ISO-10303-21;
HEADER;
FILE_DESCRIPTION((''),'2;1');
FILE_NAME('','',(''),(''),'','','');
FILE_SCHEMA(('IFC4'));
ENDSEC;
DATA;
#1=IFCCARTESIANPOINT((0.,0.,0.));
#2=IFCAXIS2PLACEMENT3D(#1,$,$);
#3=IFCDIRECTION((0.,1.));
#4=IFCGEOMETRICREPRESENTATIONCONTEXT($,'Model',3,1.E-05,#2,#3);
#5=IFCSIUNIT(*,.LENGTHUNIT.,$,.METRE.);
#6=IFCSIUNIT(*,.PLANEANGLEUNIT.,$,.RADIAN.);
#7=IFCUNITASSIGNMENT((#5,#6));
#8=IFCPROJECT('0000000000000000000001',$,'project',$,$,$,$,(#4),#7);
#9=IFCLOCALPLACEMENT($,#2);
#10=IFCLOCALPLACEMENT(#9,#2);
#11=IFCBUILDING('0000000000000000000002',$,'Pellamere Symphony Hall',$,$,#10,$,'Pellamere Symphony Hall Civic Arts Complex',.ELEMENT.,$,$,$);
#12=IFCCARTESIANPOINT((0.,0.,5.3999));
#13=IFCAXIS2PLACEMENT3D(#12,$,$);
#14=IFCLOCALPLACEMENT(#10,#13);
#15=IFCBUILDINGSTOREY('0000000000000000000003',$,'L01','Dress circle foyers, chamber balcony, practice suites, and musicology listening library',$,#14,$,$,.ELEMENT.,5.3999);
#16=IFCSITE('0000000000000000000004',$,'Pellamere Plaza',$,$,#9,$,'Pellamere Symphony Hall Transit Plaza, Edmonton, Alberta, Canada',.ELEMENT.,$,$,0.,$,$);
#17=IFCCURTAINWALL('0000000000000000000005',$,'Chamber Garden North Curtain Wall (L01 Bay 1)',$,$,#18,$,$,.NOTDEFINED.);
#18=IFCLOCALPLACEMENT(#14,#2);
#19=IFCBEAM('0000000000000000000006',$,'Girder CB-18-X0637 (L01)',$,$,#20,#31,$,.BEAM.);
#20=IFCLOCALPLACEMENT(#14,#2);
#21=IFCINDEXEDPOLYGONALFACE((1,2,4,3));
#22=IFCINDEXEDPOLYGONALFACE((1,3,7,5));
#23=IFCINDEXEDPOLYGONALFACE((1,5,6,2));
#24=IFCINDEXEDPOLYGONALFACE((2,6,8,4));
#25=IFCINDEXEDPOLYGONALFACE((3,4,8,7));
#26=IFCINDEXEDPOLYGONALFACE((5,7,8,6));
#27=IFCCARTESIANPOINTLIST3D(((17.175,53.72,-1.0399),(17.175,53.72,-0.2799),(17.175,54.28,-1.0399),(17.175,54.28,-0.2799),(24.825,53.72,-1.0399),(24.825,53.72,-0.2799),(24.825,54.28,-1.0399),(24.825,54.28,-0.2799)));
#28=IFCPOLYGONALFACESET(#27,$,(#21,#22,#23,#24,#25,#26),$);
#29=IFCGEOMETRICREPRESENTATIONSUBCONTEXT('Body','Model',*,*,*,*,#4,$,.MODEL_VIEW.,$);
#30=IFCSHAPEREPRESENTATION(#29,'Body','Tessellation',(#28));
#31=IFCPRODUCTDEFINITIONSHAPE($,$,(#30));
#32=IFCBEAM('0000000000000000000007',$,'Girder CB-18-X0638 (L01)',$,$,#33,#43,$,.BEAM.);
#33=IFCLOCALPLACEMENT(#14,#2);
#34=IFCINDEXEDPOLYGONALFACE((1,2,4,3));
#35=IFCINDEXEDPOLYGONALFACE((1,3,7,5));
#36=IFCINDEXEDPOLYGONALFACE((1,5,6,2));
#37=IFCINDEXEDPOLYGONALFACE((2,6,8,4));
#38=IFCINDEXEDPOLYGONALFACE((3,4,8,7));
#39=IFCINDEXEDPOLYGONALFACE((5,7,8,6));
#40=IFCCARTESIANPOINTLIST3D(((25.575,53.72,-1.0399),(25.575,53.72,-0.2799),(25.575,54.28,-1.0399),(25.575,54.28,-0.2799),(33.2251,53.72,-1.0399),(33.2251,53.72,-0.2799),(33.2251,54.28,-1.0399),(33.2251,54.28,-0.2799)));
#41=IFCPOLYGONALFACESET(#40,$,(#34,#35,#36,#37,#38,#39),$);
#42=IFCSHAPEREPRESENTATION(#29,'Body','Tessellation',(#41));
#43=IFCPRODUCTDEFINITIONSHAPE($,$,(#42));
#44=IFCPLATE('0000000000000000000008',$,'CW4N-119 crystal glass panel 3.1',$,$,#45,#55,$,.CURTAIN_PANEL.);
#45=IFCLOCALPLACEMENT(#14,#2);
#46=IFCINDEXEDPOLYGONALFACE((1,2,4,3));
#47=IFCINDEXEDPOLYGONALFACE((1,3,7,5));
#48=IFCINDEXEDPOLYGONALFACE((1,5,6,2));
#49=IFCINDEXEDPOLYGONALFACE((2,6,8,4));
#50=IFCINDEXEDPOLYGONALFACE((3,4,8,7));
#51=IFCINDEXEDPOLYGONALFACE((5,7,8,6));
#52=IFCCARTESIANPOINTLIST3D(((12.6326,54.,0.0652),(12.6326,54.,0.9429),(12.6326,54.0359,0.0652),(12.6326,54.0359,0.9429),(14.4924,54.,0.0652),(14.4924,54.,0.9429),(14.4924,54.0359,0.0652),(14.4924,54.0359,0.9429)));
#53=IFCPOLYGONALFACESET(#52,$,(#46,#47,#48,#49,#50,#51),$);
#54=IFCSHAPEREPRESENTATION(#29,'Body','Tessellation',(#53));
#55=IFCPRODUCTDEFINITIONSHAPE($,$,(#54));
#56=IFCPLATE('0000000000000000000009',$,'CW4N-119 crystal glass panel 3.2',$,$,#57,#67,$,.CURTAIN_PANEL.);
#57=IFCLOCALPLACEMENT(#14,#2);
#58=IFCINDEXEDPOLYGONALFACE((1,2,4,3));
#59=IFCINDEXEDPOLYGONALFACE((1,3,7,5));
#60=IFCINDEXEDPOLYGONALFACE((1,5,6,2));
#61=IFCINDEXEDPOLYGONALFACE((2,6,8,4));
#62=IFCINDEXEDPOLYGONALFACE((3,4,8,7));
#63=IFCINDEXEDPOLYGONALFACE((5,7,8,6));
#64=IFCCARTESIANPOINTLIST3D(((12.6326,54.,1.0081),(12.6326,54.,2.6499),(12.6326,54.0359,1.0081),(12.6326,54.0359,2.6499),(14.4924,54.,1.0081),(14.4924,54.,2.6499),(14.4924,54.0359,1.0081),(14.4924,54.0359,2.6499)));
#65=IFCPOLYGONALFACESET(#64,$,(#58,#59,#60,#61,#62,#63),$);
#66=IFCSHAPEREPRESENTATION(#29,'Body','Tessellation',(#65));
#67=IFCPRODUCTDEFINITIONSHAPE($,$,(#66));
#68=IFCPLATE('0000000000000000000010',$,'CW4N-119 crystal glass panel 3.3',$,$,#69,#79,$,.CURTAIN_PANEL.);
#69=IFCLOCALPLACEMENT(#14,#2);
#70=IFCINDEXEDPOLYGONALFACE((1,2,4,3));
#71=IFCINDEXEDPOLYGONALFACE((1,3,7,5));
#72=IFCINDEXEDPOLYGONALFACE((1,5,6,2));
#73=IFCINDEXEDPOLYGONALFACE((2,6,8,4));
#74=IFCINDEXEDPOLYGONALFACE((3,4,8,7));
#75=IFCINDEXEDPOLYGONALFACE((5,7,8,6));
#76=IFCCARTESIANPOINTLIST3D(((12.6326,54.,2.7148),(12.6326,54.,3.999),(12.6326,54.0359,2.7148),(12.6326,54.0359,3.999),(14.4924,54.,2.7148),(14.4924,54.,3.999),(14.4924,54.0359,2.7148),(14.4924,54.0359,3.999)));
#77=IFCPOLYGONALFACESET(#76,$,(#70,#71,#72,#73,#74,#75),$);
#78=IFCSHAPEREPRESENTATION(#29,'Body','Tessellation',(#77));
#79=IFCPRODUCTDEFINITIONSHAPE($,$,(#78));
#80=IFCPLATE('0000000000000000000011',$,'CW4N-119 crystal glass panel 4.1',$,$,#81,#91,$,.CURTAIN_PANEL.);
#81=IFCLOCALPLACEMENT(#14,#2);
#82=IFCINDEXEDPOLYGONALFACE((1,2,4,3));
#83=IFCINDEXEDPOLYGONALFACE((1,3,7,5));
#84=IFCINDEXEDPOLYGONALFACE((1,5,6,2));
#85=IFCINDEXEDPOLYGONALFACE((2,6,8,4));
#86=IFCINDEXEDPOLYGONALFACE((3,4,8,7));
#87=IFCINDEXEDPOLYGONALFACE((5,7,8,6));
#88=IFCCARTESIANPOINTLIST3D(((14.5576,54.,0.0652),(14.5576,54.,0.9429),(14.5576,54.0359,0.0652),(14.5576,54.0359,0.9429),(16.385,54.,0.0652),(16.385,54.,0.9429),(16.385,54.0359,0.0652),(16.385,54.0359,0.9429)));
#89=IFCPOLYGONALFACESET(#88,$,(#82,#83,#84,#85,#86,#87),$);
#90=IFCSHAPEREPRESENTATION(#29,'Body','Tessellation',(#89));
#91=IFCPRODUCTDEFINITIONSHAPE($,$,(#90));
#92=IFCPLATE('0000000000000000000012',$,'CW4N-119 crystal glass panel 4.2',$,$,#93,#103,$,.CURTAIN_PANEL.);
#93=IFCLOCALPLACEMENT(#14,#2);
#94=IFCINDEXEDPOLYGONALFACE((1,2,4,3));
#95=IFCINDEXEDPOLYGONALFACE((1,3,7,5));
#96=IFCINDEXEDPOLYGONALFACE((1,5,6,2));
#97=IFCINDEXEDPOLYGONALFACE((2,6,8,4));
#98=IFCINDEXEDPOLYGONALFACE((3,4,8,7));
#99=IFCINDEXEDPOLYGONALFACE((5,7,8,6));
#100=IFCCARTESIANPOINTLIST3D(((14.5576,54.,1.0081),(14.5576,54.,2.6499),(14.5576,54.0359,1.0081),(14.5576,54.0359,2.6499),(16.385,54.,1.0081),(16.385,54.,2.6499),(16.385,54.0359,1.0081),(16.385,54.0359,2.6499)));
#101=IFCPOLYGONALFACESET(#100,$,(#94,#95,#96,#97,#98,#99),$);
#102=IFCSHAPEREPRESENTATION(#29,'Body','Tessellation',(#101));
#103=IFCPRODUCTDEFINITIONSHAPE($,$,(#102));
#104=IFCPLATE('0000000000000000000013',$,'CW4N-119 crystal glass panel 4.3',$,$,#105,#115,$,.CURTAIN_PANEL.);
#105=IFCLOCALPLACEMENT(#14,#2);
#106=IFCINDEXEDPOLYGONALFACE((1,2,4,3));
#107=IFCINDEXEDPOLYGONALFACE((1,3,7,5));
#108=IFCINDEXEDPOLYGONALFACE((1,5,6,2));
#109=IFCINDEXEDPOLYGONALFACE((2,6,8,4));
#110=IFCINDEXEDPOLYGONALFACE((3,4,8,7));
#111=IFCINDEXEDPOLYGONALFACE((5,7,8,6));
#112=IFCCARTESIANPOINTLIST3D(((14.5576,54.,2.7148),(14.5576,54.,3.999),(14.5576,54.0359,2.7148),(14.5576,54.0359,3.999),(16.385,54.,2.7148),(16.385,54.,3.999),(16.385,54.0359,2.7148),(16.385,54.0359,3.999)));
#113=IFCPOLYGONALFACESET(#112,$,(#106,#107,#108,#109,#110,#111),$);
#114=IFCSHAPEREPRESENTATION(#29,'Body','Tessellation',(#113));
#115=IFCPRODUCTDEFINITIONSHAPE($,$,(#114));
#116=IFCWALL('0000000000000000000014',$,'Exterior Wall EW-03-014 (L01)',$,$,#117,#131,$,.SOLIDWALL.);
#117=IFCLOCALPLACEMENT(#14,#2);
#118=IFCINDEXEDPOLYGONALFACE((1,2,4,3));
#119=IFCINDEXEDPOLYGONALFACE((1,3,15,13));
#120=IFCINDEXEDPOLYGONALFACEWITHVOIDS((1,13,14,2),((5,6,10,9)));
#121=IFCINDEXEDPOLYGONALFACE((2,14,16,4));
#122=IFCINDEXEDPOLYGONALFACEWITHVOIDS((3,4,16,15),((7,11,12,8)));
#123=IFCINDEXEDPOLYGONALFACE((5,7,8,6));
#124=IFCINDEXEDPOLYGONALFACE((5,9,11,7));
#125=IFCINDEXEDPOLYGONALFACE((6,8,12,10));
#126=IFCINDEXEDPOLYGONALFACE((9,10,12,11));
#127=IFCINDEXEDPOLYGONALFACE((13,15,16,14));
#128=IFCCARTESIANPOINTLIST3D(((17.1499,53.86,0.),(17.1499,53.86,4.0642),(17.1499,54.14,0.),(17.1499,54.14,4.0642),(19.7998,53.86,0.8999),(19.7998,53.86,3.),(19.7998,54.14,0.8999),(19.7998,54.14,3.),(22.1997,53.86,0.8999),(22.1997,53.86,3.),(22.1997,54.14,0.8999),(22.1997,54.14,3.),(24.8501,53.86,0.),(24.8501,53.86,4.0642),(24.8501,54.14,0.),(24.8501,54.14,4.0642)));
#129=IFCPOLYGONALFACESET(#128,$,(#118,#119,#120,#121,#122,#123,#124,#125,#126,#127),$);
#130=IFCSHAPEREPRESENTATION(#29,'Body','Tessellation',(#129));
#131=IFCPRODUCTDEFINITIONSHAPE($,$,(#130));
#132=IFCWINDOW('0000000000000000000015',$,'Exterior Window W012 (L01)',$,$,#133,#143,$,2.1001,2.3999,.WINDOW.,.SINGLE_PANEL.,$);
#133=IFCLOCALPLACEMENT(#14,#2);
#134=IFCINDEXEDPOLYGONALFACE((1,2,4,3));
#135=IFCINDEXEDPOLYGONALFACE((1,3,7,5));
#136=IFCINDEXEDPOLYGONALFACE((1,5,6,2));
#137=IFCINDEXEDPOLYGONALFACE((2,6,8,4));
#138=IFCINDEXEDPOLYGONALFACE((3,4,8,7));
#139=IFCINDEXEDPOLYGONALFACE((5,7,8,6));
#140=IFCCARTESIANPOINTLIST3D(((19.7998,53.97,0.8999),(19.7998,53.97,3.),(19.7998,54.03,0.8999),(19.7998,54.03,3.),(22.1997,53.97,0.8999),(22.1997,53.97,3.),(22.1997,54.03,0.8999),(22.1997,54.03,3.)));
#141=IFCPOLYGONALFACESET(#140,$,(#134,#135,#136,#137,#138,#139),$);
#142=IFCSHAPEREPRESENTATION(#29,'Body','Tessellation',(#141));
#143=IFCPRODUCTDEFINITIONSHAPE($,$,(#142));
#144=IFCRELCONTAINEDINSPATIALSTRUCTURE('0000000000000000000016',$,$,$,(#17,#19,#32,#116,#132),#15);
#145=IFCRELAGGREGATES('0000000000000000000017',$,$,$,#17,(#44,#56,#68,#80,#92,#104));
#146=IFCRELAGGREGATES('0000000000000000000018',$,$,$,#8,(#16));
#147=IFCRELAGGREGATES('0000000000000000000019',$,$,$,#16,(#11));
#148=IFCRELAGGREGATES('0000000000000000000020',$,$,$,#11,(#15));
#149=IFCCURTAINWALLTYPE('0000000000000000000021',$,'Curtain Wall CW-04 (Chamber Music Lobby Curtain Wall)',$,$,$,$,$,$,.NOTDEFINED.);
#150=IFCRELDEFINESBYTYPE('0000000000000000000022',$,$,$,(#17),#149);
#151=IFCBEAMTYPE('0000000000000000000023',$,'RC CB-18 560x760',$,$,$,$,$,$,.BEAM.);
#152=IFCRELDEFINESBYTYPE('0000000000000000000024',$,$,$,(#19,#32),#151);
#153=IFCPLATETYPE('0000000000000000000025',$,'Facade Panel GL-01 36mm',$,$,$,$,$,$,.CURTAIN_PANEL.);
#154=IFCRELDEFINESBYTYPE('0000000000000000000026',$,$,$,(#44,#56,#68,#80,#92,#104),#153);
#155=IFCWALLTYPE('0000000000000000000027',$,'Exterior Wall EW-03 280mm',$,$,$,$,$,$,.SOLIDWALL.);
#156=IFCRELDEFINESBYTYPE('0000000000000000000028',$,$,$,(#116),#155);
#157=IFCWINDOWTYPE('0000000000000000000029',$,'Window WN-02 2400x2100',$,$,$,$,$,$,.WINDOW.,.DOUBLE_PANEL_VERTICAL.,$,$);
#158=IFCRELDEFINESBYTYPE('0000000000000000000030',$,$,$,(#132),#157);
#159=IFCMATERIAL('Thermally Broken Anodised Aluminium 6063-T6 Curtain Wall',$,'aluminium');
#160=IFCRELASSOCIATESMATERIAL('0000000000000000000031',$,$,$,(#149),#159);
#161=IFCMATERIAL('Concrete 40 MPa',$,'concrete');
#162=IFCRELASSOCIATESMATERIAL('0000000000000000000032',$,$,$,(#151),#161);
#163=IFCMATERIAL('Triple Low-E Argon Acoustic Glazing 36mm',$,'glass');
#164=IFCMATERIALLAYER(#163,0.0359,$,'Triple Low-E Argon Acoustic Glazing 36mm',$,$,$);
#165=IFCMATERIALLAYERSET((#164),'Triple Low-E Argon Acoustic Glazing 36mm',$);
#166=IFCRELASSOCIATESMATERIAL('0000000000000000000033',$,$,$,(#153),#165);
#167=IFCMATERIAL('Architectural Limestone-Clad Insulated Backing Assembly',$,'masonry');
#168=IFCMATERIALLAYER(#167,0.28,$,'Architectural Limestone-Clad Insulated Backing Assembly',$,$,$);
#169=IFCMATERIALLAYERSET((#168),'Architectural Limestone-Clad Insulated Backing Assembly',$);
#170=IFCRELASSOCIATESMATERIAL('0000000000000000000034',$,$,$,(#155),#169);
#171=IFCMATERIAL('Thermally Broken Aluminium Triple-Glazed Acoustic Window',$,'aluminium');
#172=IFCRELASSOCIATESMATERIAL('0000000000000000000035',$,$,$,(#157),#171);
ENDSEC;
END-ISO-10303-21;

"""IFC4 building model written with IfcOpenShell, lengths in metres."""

from ifc_helpers import new_model, si_unit, direction, frame, frame_2d, origin, origin_2d, place, context, subcontext, project, spatial, polyline, rectangle, outline, extrude, material, layer, layer_set, material_profile, profile_set, type_object, element, fill, aggregate, save


model = new_model("IFC4")

# Units and contexts
model_context = context("Model", 3, precision=1e-05, world=origin(), true_north=direction((0.0, 1.0)))
body_context = subcontext(model_context, "Body", "Model", "MODEL_VIEW")
ifc_project = project(units=[si_unit("LENGTHUNIT", "METRE"), si_unit("PLANEANGLEUNIT", "RADIAN")], contexts=[model_context])

# Site, building, storey
site_placement = place(None, origin())
site = spatial("IfcSite", under=ifc_project, at=site_placement, Name="Pellamere Plaza", LongName="Pellamere Symphony Hall Transit Plaza, Edmonton, Alberta, Canada", CompositionType="ELEMENT", RefElevation=0.0)
building_placement = place(site_placement, origin())
building = spatial("IfcBuilding", under=site, at=building_placement, Name="Pellamere Symphony Hall", LongName="Pellamere Symphony Hall Civic Arts Complex", CompositionType="ELEMENT")
storey_placement = place(building_placement, frame((0.0, 0.0, 5.3999)))
storey = spatial("IfcBuildingStorey", under=building, at=storey_placement, Name="L01", Description="Dress circle foyers, chamber balcony, practice suites, and musicology listening library", CompositionType="ELEMENT", Elevation=5.3999)

# Shared definitions
ifc_material_1 = material(Name="Concrete 40 MPa", Category="concrete")

# Curtain wall
ifc_material_2 = material(Name="Thermally Broken Anodised Aluminium 6063-T6 Curtain Wall", Category="aluminium")
curtain_wall_type = type_object("IfcCurtainWallType", Name="Curtain Wall CW-04 (Chamber Music Lobby Curtain Wall)", PredefinedType="NOTDEFINED", material=ifc_material_2)
curtain_wall_1_placement = place(storey_placement, origin())
curtain_wall_1 = element("IfcCurtainWall", 1, at=curtain_wall_1_placement, inside=storey, type_object=curtain_wall_type, Name="Chamber Garden North Curtain Wall (L01 Bay 1)", PredefinedType="NOTDEFINED")

# Beams
ifc_material_profile_1 = material_profile(ifc_material_1, rectangle(XDim=0.5601, YDim=0.76, at=origin_2d()), Name="RC 560x760")
ifc_profile_set_1 = profile_set([ifc_material_profile_1], Name="Concrete 40 MPa")
beam_type = type_object("IfcBeamType", Name="RC CB-18 560x760", PredefinedType="BEAM", material=ifc_profile_set_1)
beam_1_placement = place(storey_placement, frame((17.175, 54.0, -0.6599), z_axis=(1.0, 0.0, 0.0), x_axis=(0.0, 1.0, 0.0)))
element("IfcBeam", 2, at=beam_1_placement, inside=storey, type_object=beam_type, Name="Girder CB-18-X0637 (L01)", PredefinedType="BEAM", context=body_context, shape_type="SweptSolid", body=[
    extrude(rectangle(XDim=0.5601, YDim=0.76, at=origin_2d()), origin(), (0.0, 0.0, 1.0), 7.6499),
])
beam_2_placement = place(storey_placement, frame((25.575, 54.0, -0.6599), z_axis=(1.0, 0.0, 0.0), x_axis=(0.0, 1.0, 0.0)))
element("IfcBeam", 3, at=beam_2_placement, inside=storey, type_object=beam_type, Name="Girder CB-18-X0638 (L01)", PredefinedType="BEAM", context=body_context, shape_type="SweptSolid", body=[
    extrude(rectangle(XDim=0.5601, YDim=0.76, at=origin_2d()), origin(), (0.0, 0.0, 1.0), 7.6501),
])

# Plates
ifc_material_3 = material(Name="Triple Low-E Argon Acoustic Glazing 36mm", Category="glass")
ifc_layer_1 = layer(ifc_material_3, 0.0359, Name="Triple Low-E Argon Acoustic Glazing 36mm")
ifc_layer_set_1 = layer_set([ifc_layer_1], Name="Triple Low-E Argon Acoustic Glazing 36mm")
plate_type = type_object("IfcPlateType", Name="Facade Panel GL-01 36mm", PredefinedType="CURTAIN_PANEL", material=ifc_layer_set_1)
plate_1_placement = place(storey_placement, frame((12.6326, 54.0, 0.0652), z_axis=(0.0, -1.0, 0.0), x_axis=(1.0, 0.0, 0.0)))
plate_1 = element("IfcPlate", 4, at=plate_1_placement, type_object=plate_type, Name="CW4N-119 crystal glass panel 3.1", PredefinedType="CURTAIN_PANEL", context=body_context, shape_type="SweptSolid", body=[
    extrude(outline(polyline([(0.0, 0.0), (1.8599, 0.0), (1.8599, 0.8777), (0.0, 0.8777), (0.0, 0.0)])), origin(), (0.0, 0.0, -1.0), 0.0359),
])
plate_2_placement = place(storey_placement, frame((12.6326, 54.0, 1.0081), z_axis=(0.0, -1.0, 0.0), x_axis=(1.0, 0.0, 0.0)))
plate_2 = element("IfcPlate", 5, at=plate_2_placement, type_object=plate_type, Name="CW4N-119 crystal glass panel 3.2", PredefinedType="CURTAIN_PANEL", context=body_context, shape_type="SweptSolid", body=[
    extrude(outline(polyline([(0.0, 0.0), (1.8599, 0.0), (1.8599, 1.6418), (0.0, 1.6418), (0.0, 0.0)])), origin(), (0.0, 0.0, -1.0), 0.0359),
])
plate_3_placement = place(storey_placement, frame((12.6326, 54.0, 2.7148), z_axis=(0.0, -1.0, 0.0), x_axis=(1.0, 0.0, 0.0)))
plate_3 = element("IfcPlate", 6, at=plate_3_placement, type_object=plate_type, Name="CW4N-119 crystal glass panel 3.3", PredefinedType="CURTAIN_PANEL", context=body_context, shape_type="SweptSolid", body=[
    extrude(outline(polyline([(0.0, 0.0), (1.8599, 0.0), (1.8599, 1.2842), (0.0, 1.2842), (0.0, 0.0)])), origin(), (0.0, 0.0, -1.0), 0.0359),
])
plate_4_placement = place(storey_placement, frame((14.5576, 54.0, 0.0652), z_axis=(0.0, -1.0, 0.0), x_axis=(1.0, 0.0, 0.0)))
plate_4 = element("IfcPlate", 7, at=plate_4_placement, type_object=plate_type, Name="CW4N-119 crystal glass panel 4.1", PredefinedType="CURTAIN_PANEL", context=body_context, shape_type="SweptSolid", body=[
    extrude(outline(polyline([(0.0, 0.0), (1.8274, 0.0), (1.8274, 0.8777), (0.0, 0.8777), (0.0, 0.0)])), origin(), (0.0, 0.0, -1.0), 0.0359),
])
plate_5_placement = place(storey_placement, frame((14.5576, 54.0, 1.0081), z_axis=(0.0, -1.0, 0.0), x_axis=(1.0, 0.0, 0.0)))
plate_5 = element("IfcPlate", 8, at=plate_5_placement, type_object=plate_type, Name="CW4N-119 crystal glass panel 4.2", PredefinedType="CURTAIN_PANEL", context=body_context, shape_type="SweptSolid", body=[
    extrude(outline(polyline([(0.0, 0.0), (1.8274, 0.0), (1.8274, 1.6418), (0.0, 1.6418), (0.0, 0.0)])), origin(), (0.0, 0.0, -1.0), 0.0359),
])
plate_6_placement = place(storey_placement, frame((14.5576, 54.0, 2.7148), z_axis=(0.0, -1.0, 0.0), x_axis=(1.0, 0.0, 0.0)))
plate_6 = element("IfcPlate", 9, at=plate_6_placement, type_object=plate_type, Name="CW4N-119 crystal glass panel 4.3", PredefinedType="CURTAIN_PANEL", context=body_context, shape_type="SweptSolid", body=[
    extrude(outline(polyline([(0.0, 0.0), (1.8274, 0.0), (1.8274, 1.2842), (0.0, 1.2842), (0.0, 0.0)])), origin(), (0.0, 0.0, -1.0), 0.0359),
])
aggregate(curtain_wall_1, [plate_1, plate_2, plate_3, plate_4, plate_5, plate_6])

# Wall, opening, window
ifc_material_4 = material(Name="Architectural Limestone-Clad Insulated Backing Assembly", Category="masonry")
ifc_layer_2 = layer(ifc_material_4, 0.28, Name="Architectural Limestone-Clad Insulated Backing Assembly")
ifc_layer_set_2 = layer_set([ifc_layer_2], Name="Architectural Limestone-Clad Insulated Backing Assembly")
wall_type = type_object("IfcWallType", Name="Exterior Wall EW-03 280mm", PredefinedType="SOLIDWALL", material=ifc_layer_set_2)
wall_placement = place(storey_placement, frame((17.1499, 54.0, 0.0), z_axis=(0.0, 0.0, 1.0), x_axis=(1.0, 0.0, 0.0)))
wall = element("IfcWall", 10, at=wall_placement, inside=storey, type_object=wall_type, Name="Exterior Wall EW-03-014 (L01)", PredefinedType="SOLIDWALL", context=body_context, shape_type="SweptSolid", body=[
    extrude(rectangle(XDim=7.7002, YDim=0.28, at=frame_2d((3.8501, 0.0))), origin(), (0.0, 0.0, 1.0), 4.0642),
])
opening_placement = place(wall_placement, frame((2.6499, 0.0, 0.8999)))
opening = element("IfcOpeningElement", 11, at=opening_placement, cuts=wall, PredefinedType="OPENING", context=body_context, shape_type="SweptSolid", body=[
    extrude(rectangle(XDim=2.3999, YDim=2.1001, at=frame_2d((1.2, 1.05))), frame((0.0, 0.1499, 0.0), z_axis=(0.0, -1.0, 0.0), x_axis=(1.0, 0.0, 0.0)), (0.0, 0.0, 1.0), 0.3),
])
ifc_material_5 = material(Name="Thermally Broken Aluminium Triple-Glazed Acoustic Window", Category="aluminium")
window_type = type_object("IfcWindowType", Name="Window WN-02 2400x2100", PartitioningType="DOUBLE_PANEL_VERTICAL", PredefinedType="WINDOW", material=ifc_material_5)
window_placement = place(opening_placement, origin())
window = element("IfcWindow", 12, at=window_placement, inside=storey, type_object=window_type, Name="Exterior Window W012 (L01)", OverallHeight=2.1001, OverallWidth=2.3999, PartitioningType="SINGLE_PANEL", PredefinedType="WINDOW", context=body_context, shape_type="SweptSolid", body=[
    extrude(rectangle(XDim=2.3999, YDim=2.1001, at=frame_2d((1.2, 1.05))), frame((0.0, 0.03, 0.0), z_axis=(0.0, -1.0, 0.0), x_axis=(1.0, 0.0, 0.0)), (0.0, 0.0, 1.0), 0.0601),
])
fill(opening, window)

save(model, "model.ifc")
